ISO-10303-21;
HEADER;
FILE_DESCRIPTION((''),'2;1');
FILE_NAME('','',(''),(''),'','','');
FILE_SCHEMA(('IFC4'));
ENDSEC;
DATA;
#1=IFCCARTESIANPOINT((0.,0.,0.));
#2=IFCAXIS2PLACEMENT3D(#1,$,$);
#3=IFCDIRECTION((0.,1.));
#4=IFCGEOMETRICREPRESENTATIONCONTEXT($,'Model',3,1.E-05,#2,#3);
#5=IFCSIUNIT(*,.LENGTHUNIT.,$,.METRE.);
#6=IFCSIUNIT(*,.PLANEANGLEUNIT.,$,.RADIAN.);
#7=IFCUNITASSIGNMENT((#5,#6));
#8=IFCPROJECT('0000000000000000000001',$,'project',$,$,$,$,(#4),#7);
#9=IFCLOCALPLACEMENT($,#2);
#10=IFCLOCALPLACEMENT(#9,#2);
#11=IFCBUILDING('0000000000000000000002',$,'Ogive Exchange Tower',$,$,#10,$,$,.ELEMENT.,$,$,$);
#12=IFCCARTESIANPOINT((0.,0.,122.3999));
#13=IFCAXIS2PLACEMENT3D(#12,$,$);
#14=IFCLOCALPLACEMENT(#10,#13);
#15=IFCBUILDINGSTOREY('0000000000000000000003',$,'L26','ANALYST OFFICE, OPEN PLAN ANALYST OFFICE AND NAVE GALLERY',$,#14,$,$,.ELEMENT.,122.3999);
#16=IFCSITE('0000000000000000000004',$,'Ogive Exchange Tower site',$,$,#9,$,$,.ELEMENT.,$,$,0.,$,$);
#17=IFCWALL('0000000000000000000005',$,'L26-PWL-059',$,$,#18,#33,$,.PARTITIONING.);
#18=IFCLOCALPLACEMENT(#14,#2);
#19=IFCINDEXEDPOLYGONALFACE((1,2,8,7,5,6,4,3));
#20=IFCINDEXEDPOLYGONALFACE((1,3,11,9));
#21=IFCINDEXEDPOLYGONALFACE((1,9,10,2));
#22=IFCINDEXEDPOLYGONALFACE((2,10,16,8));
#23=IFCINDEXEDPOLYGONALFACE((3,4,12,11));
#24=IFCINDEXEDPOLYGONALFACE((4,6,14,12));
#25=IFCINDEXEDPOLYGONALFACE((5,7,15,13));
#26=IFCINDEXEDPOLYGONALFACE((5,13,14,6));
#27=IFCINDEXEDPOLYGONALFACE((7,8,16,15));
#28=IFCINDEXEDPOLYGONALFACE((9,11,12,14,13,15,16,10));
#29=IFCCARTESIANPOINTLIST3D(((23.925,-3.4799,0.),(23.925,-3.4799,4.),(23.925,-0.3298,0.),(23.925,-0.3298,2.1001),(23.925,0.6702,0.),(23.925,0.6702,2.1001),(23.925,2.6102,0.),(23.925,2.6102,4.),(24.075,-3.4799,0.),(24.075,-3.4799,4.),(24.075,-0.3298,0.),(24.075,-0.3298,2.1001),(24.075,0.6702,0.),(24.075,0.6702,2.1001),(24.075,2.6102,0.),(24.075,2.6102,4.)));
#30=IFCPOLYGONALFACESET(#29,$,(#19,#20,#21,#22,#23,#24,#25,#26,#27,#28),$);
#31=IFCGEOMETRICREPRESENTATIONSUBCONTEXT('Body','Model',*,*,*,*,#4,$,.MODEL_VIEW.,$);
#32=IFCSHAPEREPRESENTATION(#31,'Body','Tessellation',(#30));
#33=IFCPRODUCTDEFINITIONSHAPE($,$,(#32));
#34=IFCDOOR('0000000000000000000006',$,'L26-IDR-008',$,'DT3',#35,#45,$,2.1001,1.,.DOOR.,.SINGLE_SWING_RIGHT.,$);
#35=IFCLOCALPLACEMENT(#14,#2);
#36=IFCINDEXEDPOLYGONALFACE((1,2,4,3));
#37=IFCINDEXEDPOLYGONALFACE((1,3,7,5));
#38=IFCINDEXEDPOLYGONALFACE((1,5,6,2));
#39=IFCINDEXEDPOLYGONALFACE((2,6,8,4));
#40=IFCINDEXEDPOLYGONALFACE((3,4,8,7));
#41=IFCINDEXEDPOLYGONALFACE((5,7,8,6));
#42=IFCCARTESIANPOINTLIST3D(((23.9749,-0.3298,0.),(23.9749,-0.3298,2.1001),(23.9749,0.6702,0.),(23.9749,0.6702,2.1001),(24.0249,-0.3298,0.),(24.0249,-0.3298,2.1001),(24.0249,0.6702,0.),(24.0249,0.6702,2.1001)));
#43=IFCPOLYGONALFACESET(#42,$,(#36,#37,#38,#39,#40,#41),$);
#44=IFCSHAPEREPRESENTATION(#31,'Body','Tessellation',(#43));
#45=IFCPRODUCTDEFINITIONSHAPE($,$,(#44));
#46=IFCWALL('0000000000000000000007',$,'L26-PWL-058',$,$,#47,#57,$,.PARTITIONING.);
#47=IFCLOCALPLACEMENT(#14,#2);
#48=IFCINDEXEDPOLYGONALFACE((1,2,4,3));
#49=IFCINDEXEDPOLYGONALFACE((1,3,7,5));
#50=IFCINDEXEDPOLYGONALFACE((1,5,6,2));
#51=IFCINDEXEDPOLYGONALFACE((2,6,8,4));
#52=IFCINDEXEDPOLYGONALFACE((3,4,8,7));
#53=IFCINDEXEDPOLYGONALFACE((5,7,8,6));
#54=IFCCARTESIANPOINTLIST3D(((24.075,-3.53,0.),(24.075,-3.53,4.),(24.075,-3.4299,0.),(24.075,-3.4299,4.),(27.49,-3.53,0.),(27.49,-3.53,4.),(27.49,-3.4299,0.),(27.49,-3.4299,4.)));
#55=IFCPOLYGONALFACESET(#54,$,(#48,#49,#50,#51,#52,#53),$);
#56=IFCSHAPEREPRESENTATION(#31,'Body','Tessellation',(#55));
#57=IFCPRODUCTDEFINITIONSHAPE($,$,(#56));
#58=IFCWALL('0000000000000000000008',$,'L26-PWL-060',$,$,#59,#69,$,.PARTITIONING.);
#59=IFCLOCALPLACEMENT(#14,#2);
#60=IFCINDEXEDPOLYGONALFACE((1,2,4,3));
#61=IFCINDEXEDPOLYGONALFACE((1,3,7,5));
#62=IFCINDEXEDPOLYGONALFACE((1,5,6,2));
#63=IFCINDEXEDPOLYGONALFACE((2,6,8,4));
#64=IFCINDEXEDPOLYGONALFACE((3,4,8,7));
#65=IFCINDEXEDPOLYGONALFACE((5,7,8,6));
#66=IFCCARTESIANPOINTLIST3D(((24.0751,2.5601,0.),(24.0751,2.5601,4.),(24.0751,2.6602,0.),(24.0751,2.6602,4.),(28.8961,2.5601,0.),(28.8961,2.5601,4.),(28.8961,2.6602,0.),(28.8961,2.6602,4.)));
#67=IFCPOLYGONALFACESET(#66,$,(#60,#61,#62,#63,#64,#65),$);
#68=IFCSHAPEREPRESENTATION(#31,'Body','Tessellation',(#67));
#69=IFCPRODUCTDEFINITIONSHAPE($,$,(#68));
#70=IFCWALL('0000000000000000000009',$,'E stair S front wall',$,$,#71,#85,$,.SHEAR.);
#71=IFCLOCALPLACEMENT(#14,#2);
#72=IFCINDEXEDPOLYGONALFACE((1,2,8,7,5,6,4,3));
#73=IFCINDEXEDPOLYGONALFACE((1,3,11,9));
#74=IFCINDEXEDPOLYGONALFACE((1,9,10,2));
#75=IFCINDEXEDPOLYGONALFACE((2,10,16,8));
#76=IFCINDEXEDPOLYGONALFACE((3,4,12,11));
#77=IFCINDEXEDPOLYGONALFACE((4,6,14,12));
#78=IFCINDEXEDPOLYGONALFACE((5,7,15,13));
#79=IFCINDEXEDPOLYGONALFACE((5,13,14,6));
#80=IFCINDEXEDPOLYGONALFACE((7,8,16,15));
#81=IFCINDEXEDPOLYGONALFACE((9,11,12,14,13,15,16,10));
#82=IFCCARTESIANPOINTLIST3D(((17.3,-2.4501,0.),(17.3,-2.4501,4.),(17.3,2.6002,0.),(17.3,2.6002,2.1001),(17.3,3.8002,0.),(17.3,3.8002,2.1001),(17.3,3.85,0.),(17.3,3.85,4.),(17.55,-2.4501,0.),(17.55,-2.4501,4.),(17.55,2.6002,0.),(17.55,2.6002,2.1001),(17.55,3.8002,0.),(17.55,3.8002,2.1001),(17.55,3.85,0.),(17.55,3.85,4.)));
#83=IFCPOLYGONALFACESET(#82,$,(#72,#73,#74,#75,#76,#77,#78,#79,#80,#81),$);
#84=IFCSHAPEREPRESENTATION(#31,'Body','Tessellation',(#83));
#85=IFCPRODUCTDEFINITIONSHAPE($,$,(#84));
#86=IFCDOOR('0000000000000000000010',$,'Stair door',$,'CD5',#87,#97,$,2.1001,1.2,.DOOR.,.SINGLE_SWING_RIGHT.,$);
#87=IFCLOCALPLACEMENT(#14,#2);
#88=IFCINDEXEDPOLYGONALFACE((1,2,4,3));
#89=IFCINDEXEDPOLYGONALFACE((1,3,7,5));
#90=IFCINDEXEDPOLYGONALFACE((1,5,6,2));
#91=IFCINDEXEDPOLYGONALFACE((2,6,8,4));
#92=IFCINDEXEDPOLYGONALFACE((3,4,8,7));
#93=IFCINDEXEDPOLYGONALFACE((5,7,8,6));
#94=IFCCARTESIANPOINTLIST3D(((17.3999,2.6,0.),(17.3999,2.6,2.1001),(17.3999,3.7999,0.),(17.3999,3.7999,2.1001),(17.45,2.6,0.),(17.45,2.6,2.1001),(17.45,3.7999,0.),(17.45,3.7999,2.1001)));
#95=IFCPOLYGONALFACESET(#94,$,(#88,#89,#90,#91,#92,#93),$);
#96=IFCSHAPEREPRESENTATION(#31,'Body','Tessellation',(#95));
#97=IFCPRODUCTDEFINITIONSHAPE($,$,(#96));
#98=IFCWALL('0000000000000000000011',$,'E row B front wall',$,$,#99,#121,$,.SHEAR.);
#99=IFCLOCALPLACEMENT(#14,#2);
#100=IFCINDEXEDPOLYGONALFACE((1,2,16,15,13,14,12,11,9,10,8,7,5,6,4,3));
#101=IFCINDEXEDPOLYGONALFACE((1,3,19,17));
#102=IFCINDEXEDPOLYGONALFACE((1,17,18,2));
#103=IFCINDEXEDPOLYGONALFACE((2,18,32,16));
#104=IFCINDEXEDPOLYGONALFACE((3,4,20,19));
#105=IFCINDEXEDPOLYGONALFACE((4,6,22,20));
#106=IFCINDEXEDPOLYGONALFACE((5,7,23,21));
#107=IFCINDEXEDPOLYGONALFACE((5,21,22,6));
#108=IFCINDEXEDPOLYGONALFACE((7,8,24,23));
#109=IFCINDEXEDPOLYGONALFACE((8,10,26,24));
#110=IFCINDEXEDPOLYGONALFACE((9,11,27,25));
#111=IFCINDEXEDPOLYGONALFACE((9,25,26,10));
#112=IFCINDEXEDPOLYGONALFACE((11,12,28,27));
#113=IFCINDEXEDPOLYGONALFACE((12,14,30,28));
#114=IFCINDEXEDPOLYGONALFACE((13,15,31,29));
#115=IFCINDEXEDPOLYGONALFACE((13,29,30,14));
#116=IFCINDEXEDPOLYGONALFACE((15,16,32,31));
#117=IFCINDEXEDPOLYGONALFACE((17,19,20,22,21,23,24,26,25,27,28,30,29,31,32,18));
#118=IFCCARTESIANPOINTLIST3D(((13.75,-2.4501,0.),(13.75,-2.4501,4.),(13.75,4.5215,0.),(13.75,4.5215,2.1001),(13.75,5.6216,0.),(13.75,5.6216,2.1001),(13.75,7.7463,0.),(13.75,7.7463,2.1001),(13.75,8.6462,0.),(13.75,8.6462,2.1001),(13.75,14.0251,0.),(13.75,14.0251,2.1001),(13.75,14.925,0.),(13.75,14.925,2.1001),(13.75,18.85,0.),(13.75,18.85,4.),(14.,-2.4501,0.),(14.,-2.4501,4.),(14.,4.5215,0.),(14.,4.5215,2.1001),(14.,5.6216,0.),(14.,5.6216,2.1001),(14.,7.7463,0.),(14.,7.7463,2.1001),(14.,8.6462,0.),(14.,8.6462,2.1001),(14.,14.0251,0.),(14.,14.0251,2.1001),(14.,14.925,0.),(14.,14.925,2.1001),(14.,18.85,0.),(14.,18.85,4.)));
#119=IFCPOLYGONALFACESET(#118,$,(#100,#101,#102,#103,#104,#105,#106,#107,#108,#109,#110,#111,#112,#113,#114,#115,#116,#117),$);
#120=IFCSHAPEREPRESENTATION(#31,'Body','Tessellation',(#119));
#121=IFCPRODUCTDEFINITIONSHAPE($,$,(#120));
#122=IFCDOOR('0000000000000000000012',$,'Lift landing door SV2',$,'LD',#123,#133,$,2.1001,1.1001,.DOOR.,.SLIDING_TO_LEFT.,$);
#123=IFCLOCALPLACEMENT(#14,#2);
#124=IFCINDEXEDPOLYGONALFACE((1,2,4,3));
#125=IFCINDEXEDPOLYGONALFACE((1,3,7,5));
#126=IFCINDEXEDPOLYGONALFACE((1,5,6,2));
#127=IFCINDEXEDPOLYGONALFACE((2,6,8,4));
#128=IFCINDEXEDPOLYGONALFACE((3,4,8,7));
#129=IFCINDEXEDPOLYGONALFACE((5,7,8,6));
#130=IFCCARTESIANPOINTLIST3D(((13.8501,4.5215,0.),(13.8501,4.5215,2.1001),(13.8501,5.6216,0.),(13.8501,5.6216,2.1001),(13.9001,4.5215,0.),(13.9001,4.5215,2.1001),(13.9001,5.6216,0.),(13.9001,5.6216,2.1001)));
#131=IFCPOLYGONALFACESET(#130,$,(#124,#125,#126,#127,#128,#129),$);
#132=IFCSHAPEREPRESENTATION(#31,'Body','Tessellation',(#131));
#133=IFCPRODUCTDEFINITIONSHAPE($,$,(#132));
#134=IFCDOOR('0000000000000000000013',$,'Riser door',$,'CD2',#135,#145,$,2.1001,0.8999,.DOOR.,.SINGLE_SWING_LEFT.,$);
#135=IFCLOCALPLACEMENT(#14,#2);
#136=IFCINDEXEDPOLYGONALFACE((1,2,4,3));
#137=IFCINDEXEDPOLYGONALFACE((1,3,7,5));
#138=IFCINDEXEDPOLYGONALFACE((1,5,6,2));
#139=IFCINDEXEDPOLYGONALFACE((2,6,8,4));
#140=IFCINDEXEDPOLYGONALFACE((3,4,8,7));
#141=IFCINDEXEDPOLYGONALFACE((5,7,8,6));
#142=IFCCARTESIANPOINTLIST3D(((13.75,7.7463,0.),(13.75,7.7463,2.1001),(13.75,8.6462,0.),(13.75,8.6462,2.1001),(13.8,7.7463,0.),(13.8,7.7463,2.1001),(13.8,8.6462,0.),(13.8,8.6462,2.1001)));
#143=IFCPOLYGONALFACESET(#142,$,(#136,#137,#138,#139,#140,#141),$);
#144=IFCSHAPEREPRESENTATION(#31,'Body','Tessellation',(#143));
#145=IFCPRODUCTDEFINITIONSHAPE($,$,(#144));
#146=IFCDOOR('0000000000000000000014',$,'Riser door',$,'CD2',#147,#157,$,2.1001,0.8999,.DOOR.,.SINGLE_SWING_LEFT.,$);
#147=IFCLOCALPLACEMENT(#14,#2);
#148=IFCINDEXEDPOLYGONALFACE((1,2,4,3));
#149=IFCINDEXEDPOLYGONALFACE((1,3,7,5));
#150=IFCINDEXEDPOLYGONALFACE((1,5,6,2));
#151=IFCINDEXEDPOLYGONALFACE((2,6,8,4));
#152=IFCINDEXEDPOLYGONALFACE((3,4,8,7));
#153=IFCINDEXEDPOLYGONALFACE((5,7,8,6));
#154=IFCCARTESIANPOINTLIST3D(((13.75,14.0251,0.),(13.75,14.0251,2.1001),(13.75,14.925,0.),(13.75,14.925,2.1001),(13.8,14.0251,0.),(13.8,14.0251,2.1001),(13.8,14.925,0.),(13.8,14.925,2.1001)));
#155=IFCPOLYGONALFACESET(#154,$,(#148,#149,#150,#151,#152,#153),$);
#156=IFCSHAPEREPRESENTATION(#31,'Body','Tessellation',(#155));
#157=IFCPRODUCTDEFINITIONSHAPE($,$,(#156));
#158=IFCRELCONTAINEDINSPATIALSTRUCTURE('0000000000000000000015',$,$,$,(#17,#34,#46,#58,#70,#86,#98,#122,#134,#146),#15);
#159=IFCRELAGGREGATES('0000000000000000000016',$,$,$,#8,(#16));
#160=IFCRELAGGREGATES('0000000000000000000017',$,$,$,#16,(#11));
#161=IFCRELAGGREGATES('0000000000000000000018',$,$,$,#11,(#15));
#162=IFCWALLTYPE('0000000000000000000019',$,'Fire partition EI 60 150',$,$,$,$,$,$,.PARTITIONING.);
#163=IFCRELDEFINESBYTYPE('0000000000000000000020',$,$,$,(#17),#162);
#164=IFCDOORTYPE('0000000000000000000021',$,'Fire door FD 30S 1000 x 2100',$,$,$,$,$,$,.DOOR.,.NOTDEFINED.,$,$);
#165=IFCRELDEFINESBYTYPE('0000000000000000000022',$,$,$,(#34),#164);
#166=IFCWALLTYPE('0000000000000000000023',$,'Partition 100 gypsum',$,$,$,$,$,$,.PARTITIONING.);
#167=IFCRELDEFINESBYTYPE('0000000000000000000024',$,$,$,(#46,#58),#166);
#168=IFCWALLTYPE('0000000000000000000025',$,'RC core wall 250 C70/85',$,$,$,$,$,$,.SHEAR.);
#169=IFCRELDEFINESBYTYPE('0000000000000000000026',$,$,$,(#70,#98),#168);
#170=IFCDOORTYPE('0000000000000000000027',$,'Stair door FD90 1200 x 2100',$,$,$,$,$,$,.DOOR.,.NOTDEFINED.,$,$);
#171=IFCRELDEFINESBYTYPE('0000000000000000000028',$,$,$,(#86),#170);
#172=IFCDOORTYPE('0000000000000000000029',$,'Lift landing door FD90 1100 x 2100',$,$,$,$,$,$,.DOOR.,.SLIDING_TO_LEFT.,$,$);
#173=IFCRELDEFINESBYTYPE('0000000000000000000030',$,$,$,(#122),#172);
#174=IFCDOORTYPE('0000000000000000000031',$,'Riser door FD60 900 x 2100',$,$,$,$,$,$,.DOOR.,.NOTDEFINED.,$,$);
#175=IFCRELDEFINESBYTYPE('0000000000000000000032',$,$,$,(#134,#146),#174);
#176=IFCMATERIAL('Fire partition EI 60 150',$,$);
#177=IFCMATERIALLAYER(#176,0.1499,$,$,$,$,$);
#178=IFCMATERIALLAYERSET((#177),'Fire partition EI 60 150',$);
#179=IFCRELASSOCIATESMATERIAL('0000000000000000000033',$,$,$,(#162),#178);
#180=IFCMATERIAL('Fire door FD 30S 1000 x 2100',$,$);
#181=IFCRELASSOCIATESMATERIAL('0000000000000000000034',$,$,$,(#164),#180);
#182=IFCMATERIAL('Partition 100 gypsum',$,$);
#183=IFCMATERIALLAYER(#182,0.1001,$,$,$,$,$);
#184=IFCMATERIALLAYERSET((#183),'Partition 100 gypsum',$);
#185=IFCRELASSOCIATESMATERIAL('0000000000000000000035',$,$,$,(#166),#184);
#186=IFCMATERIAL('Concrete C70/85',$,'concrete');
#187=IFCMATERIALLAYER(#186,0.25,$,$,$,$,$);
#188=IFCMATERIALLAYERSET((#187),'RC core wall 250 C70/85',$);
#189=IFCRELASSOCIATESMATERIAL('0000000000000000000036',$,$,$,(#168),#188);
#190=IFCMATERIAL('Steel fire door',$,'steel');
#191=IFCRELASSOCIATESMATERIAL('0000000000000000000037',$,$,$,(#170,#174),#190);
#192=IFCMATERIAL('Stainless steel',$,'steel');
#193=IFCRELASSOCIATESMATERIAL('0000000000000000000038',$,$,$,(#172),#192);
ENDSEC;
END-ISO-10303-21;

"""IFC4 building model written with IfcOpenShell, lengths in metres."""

from ifc_helpers import new_model, si_unit, direction, frame, frame_2d, origin, place, context, subcontext, project, spatial, rectangle, extrude, material, layer, layer_set, type_object, element, fill, save


model = new_model("IFC4")

# Units and contexts
model_context = context("Model", 3, precision=1e-05, world=origin(), true_north=direction((0.0, 1.0)))
body_context = subcontext(model_context, "Body", "Model", "MODEL_VIEW")
ifc_project = project(units=[si_unit("LENGTHUNIT", "METRE"), si_unit("PLANEANGLEUNIT", "RADIAN")], contexts=[model_context])

# Site, building, storey
site_placement = place(None, origin())
site = spatial("IfcSite", under=ifc_project, at=site_placement, Name="Ogive Exchange Tower site", CompositionType="ELEMENT", RefElevation=0.0)
building_placement = place(site_placement, origin())
building = spatial("IfcBuilding", under=site, at=building_placement, Name="Ogive Exchange Tower", CompositionType="ELEMENT")
storey_placement = place(building_placement, frame((0.0, 0.0, 122.3999)))
storey = spatial("IfcBuildingStorey", under=building, at=storey_placement, Name="L26", Description="ANALYST OFFICE, OPEN PLAN ANALYST OFFICE AND NAVE GALLERY", CompositionType="ELEMENT", Elevation=122.3999)

# Shared definitions
ifc_material_1 = material(Name="Fire partition EI 60 150")
ifc_layer_1 = layer(ifc_material_1, 0.1499)
ifc_layer_set_1 = layer_set([ifc_layer_1], Name="Fire partition EI 60 150")
wall_type_1 = type_object("IfcWallType", Name="Fire partition EI 60 150", PredefinedType="PARTITIONING", material=ifc_layer_set_1)
ifc_material_2 = material(Name="Fire door FD 30S 1000 x 2100")
door_type_1 = type_object("IfcDoorType", Name="Fire door FD 30S 1000 x 2100", OperationType="NOTDEFINED", PredefinedType="DOOR", material=ifc_material_2)

# Wall, opening, door
wall_1_placement = place(storey_placement, frame((24.0, 2.6101, 0.0), z_axis=(0.0, 0.0, 1.0), x_axis=(0.0, -1.0, 0.0)))
wall_1 = element("IfcWall", 1, at=wall_1_placement, inside=storey, type_object=wall_type_1, Name="L26-PWL-059", PredefinedType="PARTITIONING", context=body_context, shape_type="SweptSolid", body=[
    extrude(rectangle(XDim=6.0901, YDim=0.1499, at=frame_2d((3.0449, 0.0))), origin(), (0.0, 0.0, 1.0), 4.0),
])
opening_1_placement = place(wall_1_placement, frame((1.9399, 0.0, 0.0)))
opening_1 = element("IfcOpeningElement", 2, at=opening_1_placement, cuts=wall_1, PredefinedType="OPENING", context=body_context, shape_type="SweptSolid", body=[
    extrude(rectangle(XDim=1.0, YDim=2.1001, at=frame_2d((0.5, 1.05))), frame((0.0, 0.085, 0.0), z_axis=(0.0, -1.0, 0.0), x_axis=(1.0, 0.0, 0.0)), (0.0, 0.0, 1.0), 0.1699),
])
door_1_placement = place(opening_1_placement, origin())
door_1 = element("IfcDoor", 3, at=door_1_placement, inside=storey, type_object=door_type_1, Name="L26-IDR-008", ObjectType="DT3", OperationType="SINGLE_SWING_RIGHT", OverallHeight=2.1001, OverallWidth=1.0, PredefinedType="DOOR", context=body_context, shape_type="SweptSolid", body=[
    extrude(rectangle(XDim=1.0, YDim=2.1001, at=frame_2d((0.5, 1.05))), frame((0.0, 0.0249, 0.0), z_axis=(0.0, -1.0, 0.0), x_axis=(1.0, 0.0, 0.0)), (0.0, 0.0, 1.0), 0.05),
])
fill(opening_1, door_1)

# Walls
ifc_material_3 = material(Name="Partition 100 gypsum")
ifc_layer_2 = layer(ifc_material_3, 0.1001)
ifc_layer_set_2 = layer_set([ifc_layer_2], Name="Partition 100 gypsum")
wall_type_2 = type_object("IfcWallType", Name="Partition 100 gypsum", PredefinedType="PARTITIONING", material=ifc_layer_set_2)
wall_2_placement = place(storey_placement, frame((24.075, -3.48, 0.0), z_axis=(0.0, 0.0, 1.0), x_axis=(1.0, 0.0, 0.0)))
element("IfcWall", 4, at=wall_2_placement, inside=storey, type_object=wall_type_2, Name="L26-PWL-058", PredefinedType="PARTITIONING", context=body_context, shape_type="SweptSolid", body=[
    extrude(rectangle(XDim=3.415, YDim=0.1001, at=frame_2d((1.7075, 0.0))), origin(), (0.0, 0.0, 1.0), 4.0),
])
wall_3_placement = place(storey_placement, frame((24.075, 2.6101, 0.0), z_axis=(0.0, 0.0, 1.0), x_axis=(1.0, 0.0, 0.0)))
element("IfcWall", 5, at=wall_3_placement, inside=storey, type_object=wall_type_2, Name="L26-PWL-060", PredefinedType="PARTITIONING", context=body_context, shape_type="SweptSolid", body=[
    extrude(rectangle(XDim=4.821, YDim=0.1001, at=frame_2d((2.4106, 0.0))), origin(), (0.0, 0.0, 1.0), 4.0),
])

# Wall, opening, door
ifc_material_4 = material(Name="Concrete C70/85", Category="concrete")
ifc_layer_3 = layer(ifc_material_4, 0.25)
ifc_layer_set_3 = layer_set([ifc_layer_3], Name="RC core wall 250 C70/85")
wall_type_3 = type_object("IfcWallType", Name="RC core wall 250 C70/85", PredefinedType="SHEAR", material=ifc_layer_set_3)
wall_4_placement = place(storey_placement, frame((17.425, -2.45, 0.0), z_axis=(0.0, 0.0, 1.0), x_axis=(0.0, 1.0, 0.0)))
wall_4 = element("IfcWall", 6, at=wall_4_placement, inside=storey, type_object=wall_type_3, Name="E stair S front wall", PredefinedType="SHEAR", context=body_context, shape_type="SweptSolid", body=[
    extrude(rectangle(XDim=6.3, YDim=0.25, at=frame_2d((3.1499, 0.0))), origin(), (0.0, 0.0, 1.0), 4.0),
])
opening_2_placement = place(wall_4_placement, frame((5.05, 0.0, 0.0)))
opening_2 = element("IfcOpeningElement", 7, at=opening_2_placement, cuts=wall_4, PredefinedType="OPENING", context=body_context, shape_type="SweptSolid", body=[
    extrude(rectangle(XDim=1.2, YDim=2.1001, at=frame_2d((0.6001, 1.05))), frame((0.0, 0.135, 0.0), z_axis=(0.0, -1.0, 0.0), x_axis=(1.0, 0.0, 0.0)), (0.0, 0.0, 1.0), 0.27),
])
ifc_material_5 = material(Name="Steel fire door", Category="steel")
door_type_2 = type_object("IfcDoorType", Name="Stair door FD90 1200 x 2100", OperationType="NOTDEFINED", PredefinedType="DOOR", material=ifc_material_5)
door_2_placement = place(opening_2_placement, frame((1.2, 0.0, 0.0), z_axis=(0.0, 0.0, 1.0), x_axis=(-1.0, 0.0, 0.0)))
door_2 = element("IfcDoor", 8, at=door_2_placement, inside=storey, type_object=door_type_2, Name="Stair door", ObjectType="CD5", OperationType="SINGLE_SWING_RIGHT", OverallHeight=2.1001, OverallWidth=1.2, PredefinedType="DOOR", context=body_context, shape_type="SweptSolid", body=[
    extrude(rectangle(XDim=1.2, YDim=2.1001, at=frame_2d((0.6001, 1.05))), frame((0.0, 0.0249, 0.0), z_axis=(0.0, -1.0, 0.0), x_axis=(1.0, 0.0, 0.0)), (0.0, 0.0, 1.0), 0.05),
])
fill(opening_2, door_2)

# Wall, openings, doors
wall_5_placement = place(storey_placement, frame((13.875, -2.45, 0.0), z_axis=(0.0, 0.0, 1.0), x_axis=(0.0, 1.0, 0.0)))
wall_5 = element("IfcWall", 9, at=wall_5_placement, inside=storey, type_object=wall_type_3, Name="E row B front wall", PredefinedType="SHEAR", context=body_context, shape_type="SweptSolid", body=[
    extrude(rectangle(XDim=21.3, YDim=0.25, at=frame_2d((10.6499, 0.0))), origin(), (0.0, 0.0, 1.0), 4.0),
])
opening_3_placement = place(wall_5_placement, frame((10.1963, 0.0, 0.0)))
opening_3 = element("IfcOpeningElement", 10, at=opening_3_placement, cuts=wall_5, PredefinedType="OPENING", context=body_context, shape_type="SweptSolid", body=[
    extrude(rectangle(XDim=0.8999, YDim=2.1001, at=frame_2d((0.45, 1.05))), frame((0.0, 0.135, 0.0), z_axis=(0.0, -1.0, 0.0), x_axis=(1.0, 0.0, 0.0)), (0.0, 0.0, 1.0), 0.27),
])
opening_4_placement = place(wall_5_placement, frame((16.4751, 0.0, 0.0)))
opening_4 = element("IfcOpeningElement", 11, at=opening_4_placement, cuts=wall_5, PredefinedType="OPENING", context=body_context, shape_type="SweptSolid", body=[
    extrude(rectangle(XDim=0.8999, YDim=2.1001, at=frame_2d((0.45, 1.05))), frame((0.0, 0.135, 0.0), z_axis=(0.0, -1.0, 0.0), x_axis=(1.0, 0.0, 0.0)), (0.0, 0.0, 1.0), 0.27),
])
opening_5_placement = place(wall_5_placement, frame((6.9714, 0.0, 0.0)))
opening_5 = element("IfcOpeningElement", 12, at=opening_5_placement, cuts=wall_5, PredefinedType="OPENING", context=body_context, shape_type="SweptSolid", body=[
    extrude(rectangle(XDim=1.1001, YDim=2.1001, at=frame_2d((0.55, 1.05))), frame((0.0, 0.135, 0.0), z_axis=(0.0, -1.0, 0.0), x_axis=(1.0, 0.0, 0.0)), (0.0, 0.0, 1.0), 0.27),
])
ifc_material_6 = material(Name="Stainless steel", Category="steel")
door_type_3 = type_object("IfcDoorType", Name="Lift landing door FD90 1100 x 2100", OperationType="SLIDING_TO_LEFT", PredefinedType="DOOR", material=ifc_material_6)
door_3_placement = place(opening_5_placement, origin())
door_3 = element("IfcDoor", 13, at=door_3_placement, inside=storey, type_object=door_type_3, Name="Lift landing door SV2", ObjectType="LD", OperationType="SLIDING_TO_LEFT", OverallHeight=2.1001, OverallWidth=1.1001, PredefinedType="DOOR", context=body_context, shape_type="SweptSolid", body=[
    extrude(rectangle(XDim=1.1001, YDim=2.1001, at=frame_2d((0.55, 1.05))), frame((0.0, 0.0249, 0.0), z_axis=(0.0, -1.0, 0.0), x_axis=(1.0, 0.0, 0.0)), (0.0, 0.0, 1.0), 0.05),
])
fill(opening_5, door_3)
door_type_4 = type_object("IfcDoorType", Name="Riser door FD60 900 x 2100", OperationType="NOTDEFINED", PredefinedType="DOOR", material=ifc_material_5)
door_4_placement = place(opening_3_placement, origin())
door_4 = element("IfcDoor", 14, at=door_4_placement, inside=storey, type_object=door_type_4, Name="Riser door", ObjectType="CD2", OperationType="SINGLE_SWING_LEFT", OverallHeight=2.1001, OverallWidth=0.8999, PredefinedType="DOOR", context=body_context, shape_type="SweptSolid", body=[
    extrude(rectangle(XDim=0.8999, YDim=2.1001, at=frame_2d((0.45, 1.05))), frame((0.0, 0.125, 0.0), z_axis=(0.0, -1.0, 0.0), x_axis=(1.0, 0.0, 0.0)), (0.0, 0.0, 1.0), 0.05),
])
fill(opening_3, door_4)
door_5_placement = place(opening_4_placement, origin())
door_5 = element("IfcDoor", 15, at=door_5_placement, inside=storey, type_object=door_type_4, Name="Riser door", ObjectType="CD2", OperationType="SINGLE_SWING_LEFT", OverallHeight=2.1001, OverallWidth=0.8999, PredefinedType="DOOR", context=body_context, shape_type="SweptSolid", body=[
    extrude(rectangle(XDim=0.8999, YDim=2.1001, at=frame_2d((0.45, 1.05))), frame((0.0, 0.125, 0.0), z_axis=(0.0, -1.0, 0.0), x_axis=(1.0, 0.0, 0.0)), (0.0, 0.0, 1.0), 0.05),
])
fill(opening_4, door_5)

save(model, "model.ifc")
